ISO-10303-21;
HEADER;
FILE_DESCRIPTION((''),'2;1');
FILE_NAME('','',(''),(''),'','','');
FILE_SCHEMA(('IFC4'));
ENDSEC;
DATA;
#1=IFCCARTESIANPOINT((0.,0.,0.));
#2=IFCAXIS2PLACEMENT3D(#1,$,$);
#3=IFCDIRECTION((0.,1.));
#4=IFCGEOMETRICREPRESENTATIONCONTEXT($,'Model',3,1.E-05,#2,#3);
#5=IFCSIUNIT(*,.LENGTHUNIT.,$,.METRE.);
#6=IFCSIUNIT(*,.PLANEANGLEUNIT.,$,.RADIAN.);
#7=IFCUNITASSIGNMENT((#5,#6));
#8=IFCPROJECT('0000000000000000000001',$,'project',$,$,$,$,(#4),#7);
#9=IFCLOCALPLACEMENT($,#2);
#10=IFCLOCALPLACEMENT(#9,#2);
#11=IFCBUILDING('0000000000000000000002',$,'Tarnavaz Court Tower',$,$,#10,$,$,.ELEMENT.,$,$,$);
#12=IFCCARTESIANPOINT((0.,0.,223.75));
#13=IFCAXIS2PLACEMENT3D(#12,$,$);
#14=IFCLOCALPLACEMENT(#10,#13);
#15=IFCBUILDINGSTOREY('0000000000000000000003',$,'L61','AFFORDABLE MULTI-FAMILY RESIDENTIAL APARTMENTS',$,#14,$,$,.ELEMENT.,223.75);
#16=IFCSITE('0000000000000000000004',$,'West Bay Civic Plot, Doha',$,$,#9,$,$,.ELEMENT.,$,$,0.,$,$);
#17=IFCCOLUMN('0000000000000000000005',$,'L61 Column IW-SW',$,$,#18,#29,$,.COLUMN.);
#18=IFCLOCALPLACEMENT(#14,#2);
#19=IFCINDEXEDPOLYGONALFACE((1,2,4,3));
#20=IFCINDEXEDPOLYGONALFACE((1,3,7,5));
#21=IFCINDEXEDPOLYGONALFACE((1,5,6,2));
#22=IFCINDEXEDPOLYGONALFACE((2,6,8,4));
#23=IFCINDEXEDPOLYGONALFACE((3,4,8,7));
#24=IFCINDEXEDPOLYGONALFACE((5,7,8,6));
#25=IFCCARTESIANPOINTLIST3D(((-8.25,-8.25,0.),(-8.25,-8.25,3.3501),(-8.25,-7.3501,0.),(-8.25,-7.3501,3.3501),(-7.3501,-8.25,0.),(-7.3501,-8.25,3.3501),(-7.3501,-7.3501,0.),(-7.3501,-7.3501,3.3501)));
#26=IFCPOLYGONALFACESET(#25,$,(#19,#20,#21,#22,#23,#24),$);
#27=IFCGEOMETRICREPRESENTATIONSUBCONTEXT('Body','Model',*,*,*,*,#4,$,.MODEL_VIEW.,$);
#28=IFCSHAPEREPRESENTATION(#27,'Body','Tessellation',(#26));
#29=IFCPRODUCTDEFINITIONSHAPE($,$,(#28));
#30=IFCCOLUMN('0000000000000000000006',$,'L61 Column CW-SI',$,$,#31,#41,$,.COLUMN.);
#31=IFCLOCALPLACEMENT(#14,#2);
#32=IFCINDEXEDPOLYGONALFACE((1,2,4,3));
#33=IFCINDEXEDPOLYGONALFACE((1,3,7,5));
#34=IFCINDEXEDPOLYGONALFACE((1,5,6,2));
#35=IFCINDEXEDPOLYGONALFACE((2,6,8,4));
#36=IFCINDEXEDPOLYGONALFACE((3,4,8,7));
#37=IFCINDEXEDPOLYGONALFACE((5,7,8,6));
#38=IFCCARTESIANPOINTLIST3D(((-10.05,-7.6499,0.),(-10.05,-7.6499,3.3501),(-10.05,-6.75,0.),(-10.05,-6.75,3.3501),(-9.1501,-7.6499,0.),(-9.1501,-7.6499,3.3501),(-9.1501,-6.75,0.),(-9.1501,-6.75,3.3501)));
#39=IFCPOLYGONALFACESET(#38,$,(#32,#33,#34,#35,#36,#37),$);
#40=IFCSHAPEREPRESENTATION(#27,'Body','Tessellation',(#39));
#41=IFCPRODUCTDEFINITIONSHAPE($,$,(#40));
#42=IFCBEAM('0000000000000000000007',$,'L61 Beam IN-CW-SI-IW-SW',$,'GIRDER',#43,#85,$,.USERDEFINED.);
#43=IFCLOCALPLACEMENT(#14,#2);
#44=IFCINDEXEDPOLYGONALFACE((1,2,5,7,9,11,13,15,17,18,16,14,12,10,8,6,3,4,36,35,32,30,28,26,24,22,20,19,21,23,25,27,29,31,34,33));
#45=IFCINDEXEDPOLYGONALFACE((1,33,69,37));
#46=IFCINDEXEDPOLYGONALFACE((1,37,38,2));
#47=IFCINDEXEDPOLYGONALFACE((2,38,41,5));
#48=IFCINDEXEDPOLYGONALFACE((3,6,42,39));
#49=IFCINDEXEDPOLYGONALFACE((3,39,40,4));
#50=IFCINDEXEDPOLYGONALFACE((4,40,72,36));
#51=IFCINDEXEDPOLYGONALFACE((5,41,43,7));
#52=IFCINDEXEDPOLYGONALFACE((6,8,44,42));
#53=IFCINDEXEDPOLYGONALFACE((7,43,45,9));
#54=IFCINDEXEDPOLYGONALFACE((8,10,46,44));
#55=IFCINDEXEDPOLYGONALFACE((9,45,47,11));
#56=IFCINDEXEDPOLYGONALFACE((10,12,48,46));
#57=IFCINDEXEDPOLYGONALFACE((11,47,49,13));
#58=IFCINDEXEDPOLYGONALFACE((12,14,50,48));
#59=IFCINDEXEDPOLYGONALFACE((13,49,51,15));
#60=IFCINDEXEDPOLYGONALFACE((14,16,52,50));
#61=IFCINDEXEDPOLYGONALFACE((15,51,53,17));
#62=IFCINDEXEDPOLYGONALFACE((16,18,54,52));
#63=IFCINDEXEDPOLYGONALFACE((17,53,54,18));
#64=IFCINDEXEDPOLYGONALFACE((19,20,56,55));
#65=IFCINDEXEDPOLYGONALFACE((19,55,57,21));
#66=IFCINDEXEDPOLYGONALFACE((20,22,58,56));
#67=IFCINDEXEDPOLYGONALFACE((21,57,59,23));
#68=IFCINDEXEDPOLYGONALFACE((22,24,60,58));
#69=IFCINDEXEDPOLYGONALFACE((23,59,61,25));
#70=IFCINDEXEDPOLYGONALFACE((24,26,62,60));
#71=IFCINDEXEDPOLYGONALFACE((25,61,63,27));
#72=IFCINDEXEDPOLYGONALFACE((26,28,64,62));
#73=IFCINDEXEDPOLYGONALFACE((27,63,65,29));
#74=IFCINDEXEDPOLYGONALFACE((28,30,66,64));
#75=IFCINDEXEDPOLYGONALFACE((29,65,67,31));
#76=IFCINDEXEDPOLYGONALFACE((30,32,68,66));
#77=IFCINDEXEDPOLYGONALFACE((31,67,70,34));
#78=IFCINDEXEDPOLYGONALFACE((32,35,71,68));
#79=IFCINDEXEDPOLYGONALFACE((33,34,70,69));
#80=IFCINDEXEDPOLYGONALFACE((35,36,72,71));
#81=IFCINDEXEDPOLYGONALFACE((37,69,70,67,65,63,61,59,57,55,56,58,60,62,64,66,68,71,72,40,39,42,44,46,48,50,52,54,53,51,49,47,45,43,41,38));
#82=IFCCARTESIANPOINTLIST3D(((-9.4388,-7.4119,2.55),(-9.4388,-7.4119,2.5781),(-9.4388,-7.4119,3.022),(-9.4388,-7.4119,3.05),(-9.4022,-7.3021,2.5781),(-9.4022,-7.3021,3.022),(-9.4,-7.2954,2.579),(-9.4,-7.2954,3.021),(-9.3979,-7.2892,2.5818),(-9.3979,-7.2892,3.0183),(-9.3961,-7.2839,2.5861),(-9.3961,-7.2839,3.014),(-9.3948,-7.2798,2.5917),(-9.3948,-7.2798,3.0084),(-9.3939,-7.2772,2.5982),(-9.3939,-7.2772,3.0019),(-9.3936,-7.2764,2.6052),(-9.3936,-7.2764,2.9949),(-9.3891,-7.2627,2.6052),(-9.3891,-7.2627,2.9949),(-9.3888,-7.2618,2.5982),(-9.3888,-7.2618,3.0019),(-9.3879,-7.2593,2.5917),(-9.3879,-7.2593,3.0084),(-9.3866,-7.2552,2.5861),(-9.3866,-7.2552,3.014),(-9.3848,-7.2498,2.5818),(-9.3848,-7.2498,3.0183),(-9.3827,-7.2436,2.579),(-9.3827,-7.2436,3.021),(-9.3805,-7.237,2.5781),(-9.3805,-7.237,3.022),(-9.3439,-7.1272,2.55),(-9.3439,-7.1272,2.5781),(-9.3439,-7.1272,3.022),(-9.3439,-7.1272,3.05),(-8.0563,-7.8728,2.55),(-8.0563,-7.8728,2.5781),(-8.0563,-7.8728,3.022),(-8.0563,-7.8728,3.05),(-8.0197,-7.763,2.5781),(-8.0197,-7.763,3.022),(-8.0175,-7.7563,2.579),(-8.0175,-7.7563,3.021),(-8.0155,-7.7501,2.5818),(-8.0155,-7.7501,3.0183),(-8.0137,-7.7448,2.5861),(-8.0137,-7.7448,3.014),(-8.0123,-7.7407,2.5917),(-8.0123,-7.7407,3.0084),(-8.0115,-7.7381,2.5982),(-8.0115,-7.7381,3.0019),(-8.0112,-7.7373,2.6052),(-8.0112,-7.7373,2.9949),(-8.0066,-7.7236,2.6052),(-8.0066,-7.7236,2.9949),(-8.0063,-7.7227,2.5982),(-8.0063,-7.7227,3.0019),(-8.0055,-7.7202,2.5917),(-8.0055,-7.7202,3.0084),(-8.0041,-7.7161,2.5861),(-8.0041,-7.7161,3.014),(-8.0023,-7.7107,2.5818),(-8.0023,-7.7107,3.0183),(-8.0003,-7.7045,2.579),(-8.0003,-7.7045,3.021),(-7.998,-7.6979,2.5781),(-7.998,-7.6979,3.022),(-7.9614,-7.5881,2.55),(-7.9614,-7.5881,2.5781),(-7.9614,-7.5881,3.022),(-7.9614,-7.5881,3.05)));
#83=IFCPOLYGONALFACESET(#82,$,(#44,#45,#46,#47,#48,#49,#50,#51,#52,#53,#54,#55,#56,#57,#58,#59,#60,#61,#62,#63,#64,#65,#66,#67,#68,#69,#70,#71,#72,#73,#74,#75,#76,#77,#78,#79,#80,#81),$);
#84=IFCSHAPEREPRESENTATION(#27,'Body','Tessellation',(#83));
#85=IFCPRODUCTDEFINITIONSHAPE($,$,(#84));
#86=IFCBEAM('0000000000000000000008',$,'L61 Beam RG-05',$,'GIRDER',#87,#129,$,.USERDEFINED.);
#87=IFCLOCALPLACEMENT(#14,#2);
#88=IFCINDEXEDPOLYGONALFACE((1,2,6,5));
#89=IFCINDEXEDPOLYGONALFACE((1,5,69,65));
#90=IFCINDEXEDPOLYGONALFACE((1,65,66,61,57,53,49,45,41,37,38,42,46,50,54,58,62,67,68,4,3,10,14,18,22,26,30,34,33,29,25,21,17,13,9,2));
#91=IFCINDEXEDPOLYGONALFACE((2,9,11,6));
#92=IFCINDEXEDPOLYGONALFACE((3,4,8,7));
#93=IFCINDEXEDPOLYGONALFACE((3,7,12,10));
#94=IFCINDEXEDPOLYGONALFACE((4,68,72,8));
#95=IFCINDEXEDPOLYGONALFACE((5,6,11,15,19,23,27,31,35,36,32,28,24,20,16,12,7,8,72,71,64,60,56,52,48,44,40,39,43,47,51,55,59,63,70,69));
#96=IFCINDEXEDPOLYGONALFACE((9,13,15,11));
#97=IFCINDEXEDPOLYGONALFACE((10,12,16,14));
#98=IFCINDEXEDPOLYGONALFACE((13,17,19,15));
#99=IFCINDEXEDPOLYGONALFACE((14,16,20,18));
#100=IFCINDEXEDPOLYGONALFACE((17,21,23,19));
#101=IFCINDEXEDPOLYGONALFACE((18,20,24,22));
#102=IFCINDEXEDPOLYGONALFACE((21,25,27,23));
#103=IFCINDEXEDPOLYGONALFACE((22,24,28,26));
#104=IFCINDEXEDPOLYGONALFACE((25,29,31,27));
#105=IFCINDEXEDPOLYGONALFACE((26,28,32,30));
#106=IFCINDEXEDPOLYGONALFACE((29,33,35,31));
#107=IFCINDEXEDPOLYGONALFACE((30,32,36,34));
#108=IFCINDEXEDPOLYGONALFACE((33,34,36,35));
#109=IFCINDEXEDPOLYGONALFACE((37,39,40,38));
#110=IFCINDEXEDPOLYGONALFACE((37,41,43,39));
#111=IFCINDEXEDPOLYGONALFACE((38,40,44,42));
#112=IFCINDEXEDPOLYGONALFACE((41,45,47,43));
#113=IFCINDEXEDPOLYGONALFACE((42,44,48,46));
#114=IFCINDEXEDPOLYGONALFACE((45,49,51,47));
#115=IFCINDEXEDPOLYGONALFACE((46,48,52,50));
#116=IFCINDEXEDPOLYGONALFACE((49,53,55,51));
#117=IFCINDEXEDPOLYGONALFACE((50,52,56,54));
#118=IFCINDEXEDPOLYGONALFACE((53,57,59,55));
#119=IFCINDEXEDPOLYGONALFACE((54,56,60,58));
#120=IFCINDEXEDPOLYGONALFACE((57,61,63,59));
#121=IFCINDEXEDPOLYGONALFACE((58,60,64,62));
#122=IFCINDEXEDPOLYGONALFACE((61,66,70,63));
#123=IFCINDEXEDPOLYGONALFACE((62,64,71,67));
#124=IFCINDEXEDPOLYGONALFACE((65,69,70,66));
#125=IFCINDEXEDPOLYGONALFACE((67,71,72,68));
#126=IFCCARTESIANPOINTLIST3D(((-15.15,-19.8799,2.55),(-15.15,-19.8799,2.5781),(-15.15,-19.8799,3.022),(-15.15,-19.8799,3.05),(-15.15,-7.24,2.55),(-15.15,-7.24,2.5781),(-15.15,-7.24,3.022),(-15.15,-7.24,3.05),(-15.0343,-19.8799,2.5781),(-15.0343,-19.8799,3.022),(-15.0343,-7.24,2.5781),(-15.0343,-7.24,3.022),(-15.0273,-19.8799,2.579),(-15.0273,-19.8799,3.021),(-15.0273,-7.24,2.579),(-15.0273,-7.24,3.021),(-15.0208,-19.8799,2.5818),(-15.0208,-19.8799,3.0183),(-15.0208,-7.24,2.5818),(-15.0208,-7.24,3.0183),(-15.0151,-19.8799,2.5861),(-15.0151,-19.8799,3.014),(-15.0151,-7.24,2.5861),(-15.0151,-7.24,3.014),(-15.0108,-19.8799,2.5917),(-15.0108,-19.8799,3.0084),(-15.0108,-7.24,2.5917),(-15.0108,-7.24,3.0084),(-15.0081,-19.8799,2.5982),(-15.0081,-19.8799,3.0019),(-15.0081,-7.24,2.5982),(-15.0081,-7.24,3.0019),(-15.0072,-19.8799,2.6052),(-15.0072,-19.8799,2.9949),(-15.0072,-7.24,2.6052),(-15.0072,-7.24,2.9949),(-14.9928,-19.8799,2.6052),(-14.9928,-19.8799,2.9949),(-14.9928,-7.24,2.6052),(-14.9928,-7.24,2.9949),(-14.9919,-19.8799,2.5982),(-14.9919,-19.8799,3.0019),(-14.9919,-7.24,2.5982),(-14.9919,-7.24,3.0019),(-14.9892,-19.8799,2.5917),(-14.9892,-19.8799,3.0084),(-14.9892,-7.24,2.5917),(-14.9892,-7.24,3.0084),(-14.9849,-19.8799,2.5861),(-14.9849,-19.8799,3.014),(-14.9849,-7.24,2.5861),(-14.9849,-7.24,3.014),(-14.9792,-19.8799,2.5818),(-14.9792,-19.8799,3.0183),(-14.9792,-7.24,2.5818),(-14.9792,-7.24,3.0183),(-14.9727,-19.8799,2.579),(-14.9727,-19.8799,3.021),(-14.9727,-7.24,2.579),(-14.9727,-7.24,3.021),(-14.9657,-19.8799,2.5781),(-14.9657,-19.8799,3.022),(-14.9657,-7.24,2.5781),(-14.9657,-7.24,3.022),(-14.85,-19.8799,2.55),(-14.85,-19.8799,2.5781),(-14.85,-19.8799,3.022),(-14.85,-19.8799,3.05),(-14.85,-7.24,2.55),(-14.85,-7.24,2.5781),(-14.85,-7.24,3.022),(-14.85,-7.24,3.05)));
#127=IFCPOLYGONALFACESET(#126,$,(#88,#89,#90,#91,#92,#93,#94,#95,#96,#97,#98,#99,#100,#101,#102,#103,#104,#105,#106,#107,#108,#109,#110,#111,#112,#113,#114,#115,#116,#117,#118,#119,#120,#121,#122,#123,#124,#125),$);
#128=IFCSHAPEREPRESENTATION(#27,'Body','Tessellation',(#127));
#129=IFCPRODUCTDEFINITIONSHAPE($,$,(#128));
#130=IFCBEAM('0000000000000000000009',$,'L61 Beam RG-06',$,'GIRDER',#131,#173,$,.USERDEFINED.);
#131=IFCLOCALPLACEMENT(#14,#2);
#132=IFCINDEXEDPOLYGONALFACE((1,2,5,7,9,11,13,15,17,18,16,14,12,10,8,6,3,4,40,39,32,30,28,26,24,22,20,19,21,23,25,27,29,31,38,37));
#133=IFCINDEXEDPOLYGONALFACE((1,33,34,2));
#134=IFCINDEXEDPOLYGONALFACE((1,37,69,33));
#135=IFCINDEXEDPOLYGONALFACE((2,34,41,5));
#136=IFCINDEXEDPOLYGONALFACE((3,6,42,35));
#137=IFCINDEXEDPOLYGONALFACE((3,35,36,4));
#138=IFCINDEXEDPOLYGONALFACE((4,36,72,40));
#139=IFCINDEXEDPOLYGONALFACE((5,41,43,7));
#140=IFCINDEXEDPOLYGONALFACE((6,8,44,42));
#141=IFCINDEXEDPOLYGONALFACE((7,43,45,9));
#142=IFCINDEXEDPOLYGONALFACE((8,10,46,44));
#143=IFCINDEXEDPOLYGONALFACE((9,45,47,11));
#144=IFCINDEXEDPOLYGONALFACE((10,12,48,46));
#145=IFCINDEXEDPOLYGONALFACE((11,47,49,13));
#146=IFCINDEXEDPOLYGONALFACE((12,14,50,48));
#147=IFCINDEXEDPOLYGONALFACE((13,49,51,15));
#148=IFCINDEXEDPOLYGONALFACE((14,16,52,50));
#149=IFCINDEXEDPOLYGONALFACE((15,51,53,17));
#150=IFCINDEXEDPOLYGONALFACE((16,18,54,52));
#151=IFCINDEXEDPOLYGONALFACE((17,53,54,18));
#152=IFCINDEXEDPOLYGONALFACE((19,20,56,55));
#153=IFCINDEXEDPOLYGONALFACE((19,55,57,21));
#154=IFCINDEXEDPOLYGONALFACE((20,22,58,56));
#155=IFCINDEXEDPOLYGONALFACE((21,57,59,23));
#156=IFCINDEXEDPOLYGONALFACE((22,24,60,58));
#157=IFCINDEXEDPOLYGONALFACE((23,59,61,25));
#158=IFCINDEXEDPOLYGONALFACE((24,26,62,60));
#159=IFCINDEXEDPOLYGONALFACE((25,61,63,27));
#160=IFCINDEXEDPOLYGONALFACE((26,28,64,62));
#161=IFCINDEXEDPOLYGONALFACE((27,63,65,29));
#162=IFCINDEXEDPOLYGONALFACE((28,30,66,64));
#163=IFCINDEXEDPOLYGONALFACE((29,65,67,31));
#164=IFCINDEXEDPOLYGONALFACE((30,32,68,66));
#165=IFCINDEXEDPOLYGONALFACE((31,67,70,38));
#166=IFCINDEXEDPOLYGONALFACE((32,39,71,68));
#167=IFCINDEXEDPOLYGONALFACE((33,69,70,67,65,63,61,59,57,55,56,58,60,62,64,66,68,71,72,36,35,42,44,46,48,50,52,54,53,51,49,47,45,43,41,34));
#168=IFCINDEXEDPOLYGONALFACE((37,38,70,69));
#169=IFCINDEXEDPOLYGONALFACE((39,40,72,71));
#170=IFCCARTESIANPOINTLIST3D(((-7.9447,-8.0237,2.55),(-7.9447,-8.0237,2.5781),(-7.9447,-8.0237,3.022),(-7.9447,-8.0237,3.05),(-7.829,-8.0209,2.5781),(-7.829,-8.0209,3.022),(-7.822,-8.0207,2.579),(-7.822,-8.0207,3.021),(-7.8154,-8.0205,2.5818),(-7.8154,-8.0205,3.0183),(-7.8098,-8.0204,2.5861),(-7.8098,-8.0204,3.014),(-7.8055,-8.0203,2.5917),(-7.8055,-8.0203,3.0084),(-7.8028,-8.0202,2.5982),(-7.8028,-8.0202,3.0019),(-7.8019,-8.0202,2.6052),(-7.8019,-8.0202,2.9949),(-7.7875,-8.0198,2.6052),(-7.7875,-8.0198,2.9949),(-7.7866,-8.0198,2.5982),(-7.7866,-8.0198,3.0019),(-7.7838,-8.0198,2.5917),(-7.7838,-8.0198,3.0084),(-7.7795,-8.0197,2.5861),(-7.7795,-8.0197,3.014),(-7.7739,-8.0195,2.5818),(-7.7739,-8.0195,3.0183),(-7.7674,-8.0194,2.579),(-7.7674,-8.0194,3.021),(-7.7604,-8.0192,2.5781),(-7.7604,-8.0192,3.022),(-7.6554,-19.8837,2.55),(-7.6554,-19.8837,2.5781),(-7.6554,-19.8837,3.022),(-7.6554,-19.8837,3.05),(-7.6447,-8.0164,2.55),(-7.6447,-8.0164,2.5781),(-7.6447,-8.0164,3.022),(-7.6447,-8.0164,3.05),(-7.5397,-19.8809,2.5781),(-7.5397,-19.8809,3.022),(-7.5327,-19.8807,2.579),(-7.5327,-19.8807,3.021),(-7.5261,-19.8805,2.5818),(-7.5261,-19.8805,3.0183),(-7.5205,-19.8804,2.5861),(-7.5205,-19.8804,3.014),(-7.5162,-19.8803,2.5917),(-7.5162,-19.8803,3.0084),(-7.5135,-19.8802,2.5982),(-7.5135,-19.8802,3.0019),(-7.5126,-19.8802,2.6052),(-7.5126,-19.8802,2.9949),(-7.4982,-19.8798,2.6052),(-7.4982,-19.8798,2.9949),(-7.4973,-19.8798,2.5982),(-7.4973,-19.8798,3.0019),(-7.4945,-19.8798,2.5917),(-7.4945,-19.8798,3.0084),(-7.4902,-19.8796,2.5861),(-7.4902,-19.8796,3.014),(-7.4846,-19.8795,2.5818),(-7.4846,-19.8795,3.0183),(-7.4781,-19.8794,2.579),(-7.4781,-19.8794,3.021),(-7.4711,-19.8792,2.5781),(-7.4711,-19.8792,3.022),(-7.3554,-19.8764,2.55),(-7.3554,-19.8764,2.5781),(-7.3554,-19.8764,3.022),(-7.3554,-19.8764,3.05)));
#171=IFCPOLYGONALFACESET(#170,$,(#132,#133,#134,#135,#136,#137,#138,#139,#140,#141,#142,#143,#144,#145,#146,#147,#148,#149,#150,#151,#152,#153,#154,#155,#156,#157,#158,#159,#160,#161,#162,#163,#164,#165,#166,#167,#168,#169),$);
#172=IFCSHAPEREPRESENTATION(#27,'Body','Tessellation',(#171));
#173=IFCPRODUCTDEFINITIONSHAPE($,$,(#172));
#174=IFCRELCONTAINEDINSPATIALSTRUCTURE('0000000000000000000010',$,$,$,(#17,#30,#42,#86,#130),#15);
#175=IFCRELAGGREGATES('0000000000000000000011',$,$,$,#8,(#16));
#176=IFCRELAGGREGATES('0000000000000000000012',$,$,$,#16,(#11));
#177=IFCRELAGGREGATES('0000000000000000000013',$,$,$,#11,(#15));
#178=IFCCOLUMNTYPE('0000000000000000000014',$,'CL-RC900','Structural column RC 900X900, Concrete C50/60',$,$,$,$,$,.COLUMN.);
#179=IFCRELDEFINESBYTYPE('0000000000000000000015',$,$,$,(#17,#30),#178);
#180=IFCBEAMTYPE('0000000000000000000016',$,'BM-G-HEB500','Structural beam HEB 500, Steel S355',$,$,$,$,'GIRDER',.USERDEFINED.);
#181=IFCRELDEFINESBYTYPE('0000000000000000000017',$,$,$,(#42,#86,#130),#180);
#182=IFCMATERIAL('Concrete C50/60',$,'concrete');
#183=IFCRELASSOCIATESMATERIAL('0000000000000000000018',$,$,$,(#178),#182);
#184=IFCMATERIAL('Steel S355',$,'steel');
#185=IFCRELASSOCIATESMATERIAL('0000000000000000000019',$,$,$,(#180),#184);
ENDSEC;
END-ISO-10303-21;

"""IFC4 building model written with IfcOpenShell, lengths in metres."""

from ifc_helpers import new_model, si_unit, direction, frame, origin, origin_2d, place, context, subcontext, project, spatial, rectangle, i_section, extrude, material, material_profile, profile_set, type_object, element, save


model = new_model("IFC4")

# Units and contexts
model_context = context("Model", 3, precision=1e-05, world=origin(), true_north=direction((0.0, 1.0)))
body_context = subcontext(model_context, "Body", "Model", "MODEL_VIEW")
ifc_project = project(units=[si_unit("LENGTHUNIT", "METRE"), si_unit("PLANEANGLEUNIT", "RADIAN")], contexts=[model_context])

# Site, building, storey
site_placement = place(None, origin())
site = spatial("IfcSite", under=ifc_project, at=site_placement, Name="West Bay Civic Plot, Doha", CompositionType="ELEMENT", RefElevation=0.0)
building_placement = place(site_placement, origin())
building = spatial("IfcBuilding", under=site, at=building_placement, Name="Tarnavaz Court Tower", CompositionType="ELEMENT")
storey_placement = place(building_placement, frame((0.0, 0.0, 223.75)))
storey = spatial("IfcBuildingStorey", under=building, at=storey_placement, Name="L61", Description="AFFORDABLE MULTI-FAMILY RESIDENTIAL APARTMENTS", CompositionType="ELEMENT", Elevation=223.75)

# Columns
ifc_material_1 = material(Name="Concrete C50/60", Category="concrete")
ifc_material_profile_1 = material_profile(ifc_material_1, rectangle(XDim=0.8999, YDim=0.8999, at=origin_2d()), Name="RC 900X900")
ifc_profile_set_1 = profile_set([ifc_material_profile_1], Name="Concrete C50/60")
column_type = type_object("IfcColumnType", Name="CL-RC900", Description="Structural column RC 900X900, Concrete C50/60", PredefinedType="COLUMN", material=ifc_profile_set_1)
for number, where, z_axis, x_axis, name in (
    (1, (-7.8, -7.8, 0.0), (0.0, 0.0, 1.0), (1.0, 0.0, 0.0), "L61 Column IW-SW"),
    (2, (-9.6001, -7.2, 0.0), (0.0, 0.0, 1.0), (1.0, 0.0, 0.0), "L61 Column CW-SI"),
):
    element("IfcColumn", number, at=place(storey_placement, frame(where, z_axis=z_axis, x_axis=x_axis)), inside=storey, type_object=column_type, Name=name, PredefinedType="COLUMN", context=body_context, shape_type="SweptSolid", body=[
        extrude(rectangle(XDim=0.8999, YDim=0.8999, at=origin_2d()), origin(), (0.0, 0.0, 1.0), 3.3501),
    ])

# Beams
ifc_material_2 = material(Name="Steel S355", Category="steel")
ifc_material_profile_2 = material_profile(ifc_material_2, i_section(OverallWidth=0.3, OverallDepth=0.5, WebThickness=0.0144, FlangeThickness=0.0281, FilletRadius=0.0271, at=origin_2d()), Name="HEB 500")
ifc_profile_set_2 = profile_set([ifc_material_profile_2], Name="Steel S355")
beam_type_1 = type_object("IfcBeamType", Name="BM-G-HEB500", Description="Structural beam HEB 500, Steel S355", ElementType="GIRDER", PredefinedType="USERDEFINED", material=ifc_profile_set_2)
beam_1_placement = place(storey_placement, frame((-9.3914, -7.2695, 2.8), z_axis=(0.948667, -0.316278, 0.0), x_axis=(0.316278, 0.948667, 0.0)))
element("IfcBeam", 3, at=beam_1_placement, inside=storey, type_object=beam_type_1, Name="L61 Beam IN-CW-SI-IW-SW", ObjectType="GIRDER", PredefinedType="USERDEFINED", context=body_context, shape_type="SweptSolid", body=[
    extrude(i_section(OverallWidth=0.3, OverallDepth=0.5, WebThickness=0.0144, FlangeThickness=0.0281, FilletRadius=0.0271, at=origin_2d()), origin(), (0.0, 0.0, 1.0), 1.4573),
])
beam_2_placement = place(storey_placement, frame((-15.0, -7.24, 2.8), z_axis=(0.0, -1.0, 0.0), x_axis=(1.0, 0.0, 0.0)))
element("IfcBeam", 4, at=beam_2_placement, inside=storey, type_object=beam_type_1, Name="L61 Beam RG-05", ObjectType="GIRDER", PredefinedType="USERDEFINED", context=body_context, shape_type="SweptSolid", body=[
    extrude(i_section(OverallWidth=0.3, OverallDepth=0.5, WebThickness=0.0144, FlangeThickness=0.0281, FilletRadius=0.0271, at=origin_2d()), origin(), (0.0, 0.0, 1.0), 12.6399),
])
beam_3_placement = place(storey_placement, frame((-7.7947, -8.02, 2.8), z_axis=(0.024386, -0.999703, 0.0), x_axis=(0.999703, 0.024386, 0.0)))
element("IfcBeam", 5, at=beam_3_placement, inside=storey, type_object=beam_type_1, Name="L61 Beam RG-06", ObjectType="GIRDER", PredefinedType="USERDEFINED", context=body_context, shape_type="SweptSolid", body=[
    extrude(i_section(OverallWidth=0.3, OverallDepth=0.5, WebThickness=0.0144, FlangeThickness=0.0281, FilletRadius=0.0271, at=origin_2d()), origin(), (0.0, 0.0, 1.0), 11.8635),
])

save(model, "model.ifc")
